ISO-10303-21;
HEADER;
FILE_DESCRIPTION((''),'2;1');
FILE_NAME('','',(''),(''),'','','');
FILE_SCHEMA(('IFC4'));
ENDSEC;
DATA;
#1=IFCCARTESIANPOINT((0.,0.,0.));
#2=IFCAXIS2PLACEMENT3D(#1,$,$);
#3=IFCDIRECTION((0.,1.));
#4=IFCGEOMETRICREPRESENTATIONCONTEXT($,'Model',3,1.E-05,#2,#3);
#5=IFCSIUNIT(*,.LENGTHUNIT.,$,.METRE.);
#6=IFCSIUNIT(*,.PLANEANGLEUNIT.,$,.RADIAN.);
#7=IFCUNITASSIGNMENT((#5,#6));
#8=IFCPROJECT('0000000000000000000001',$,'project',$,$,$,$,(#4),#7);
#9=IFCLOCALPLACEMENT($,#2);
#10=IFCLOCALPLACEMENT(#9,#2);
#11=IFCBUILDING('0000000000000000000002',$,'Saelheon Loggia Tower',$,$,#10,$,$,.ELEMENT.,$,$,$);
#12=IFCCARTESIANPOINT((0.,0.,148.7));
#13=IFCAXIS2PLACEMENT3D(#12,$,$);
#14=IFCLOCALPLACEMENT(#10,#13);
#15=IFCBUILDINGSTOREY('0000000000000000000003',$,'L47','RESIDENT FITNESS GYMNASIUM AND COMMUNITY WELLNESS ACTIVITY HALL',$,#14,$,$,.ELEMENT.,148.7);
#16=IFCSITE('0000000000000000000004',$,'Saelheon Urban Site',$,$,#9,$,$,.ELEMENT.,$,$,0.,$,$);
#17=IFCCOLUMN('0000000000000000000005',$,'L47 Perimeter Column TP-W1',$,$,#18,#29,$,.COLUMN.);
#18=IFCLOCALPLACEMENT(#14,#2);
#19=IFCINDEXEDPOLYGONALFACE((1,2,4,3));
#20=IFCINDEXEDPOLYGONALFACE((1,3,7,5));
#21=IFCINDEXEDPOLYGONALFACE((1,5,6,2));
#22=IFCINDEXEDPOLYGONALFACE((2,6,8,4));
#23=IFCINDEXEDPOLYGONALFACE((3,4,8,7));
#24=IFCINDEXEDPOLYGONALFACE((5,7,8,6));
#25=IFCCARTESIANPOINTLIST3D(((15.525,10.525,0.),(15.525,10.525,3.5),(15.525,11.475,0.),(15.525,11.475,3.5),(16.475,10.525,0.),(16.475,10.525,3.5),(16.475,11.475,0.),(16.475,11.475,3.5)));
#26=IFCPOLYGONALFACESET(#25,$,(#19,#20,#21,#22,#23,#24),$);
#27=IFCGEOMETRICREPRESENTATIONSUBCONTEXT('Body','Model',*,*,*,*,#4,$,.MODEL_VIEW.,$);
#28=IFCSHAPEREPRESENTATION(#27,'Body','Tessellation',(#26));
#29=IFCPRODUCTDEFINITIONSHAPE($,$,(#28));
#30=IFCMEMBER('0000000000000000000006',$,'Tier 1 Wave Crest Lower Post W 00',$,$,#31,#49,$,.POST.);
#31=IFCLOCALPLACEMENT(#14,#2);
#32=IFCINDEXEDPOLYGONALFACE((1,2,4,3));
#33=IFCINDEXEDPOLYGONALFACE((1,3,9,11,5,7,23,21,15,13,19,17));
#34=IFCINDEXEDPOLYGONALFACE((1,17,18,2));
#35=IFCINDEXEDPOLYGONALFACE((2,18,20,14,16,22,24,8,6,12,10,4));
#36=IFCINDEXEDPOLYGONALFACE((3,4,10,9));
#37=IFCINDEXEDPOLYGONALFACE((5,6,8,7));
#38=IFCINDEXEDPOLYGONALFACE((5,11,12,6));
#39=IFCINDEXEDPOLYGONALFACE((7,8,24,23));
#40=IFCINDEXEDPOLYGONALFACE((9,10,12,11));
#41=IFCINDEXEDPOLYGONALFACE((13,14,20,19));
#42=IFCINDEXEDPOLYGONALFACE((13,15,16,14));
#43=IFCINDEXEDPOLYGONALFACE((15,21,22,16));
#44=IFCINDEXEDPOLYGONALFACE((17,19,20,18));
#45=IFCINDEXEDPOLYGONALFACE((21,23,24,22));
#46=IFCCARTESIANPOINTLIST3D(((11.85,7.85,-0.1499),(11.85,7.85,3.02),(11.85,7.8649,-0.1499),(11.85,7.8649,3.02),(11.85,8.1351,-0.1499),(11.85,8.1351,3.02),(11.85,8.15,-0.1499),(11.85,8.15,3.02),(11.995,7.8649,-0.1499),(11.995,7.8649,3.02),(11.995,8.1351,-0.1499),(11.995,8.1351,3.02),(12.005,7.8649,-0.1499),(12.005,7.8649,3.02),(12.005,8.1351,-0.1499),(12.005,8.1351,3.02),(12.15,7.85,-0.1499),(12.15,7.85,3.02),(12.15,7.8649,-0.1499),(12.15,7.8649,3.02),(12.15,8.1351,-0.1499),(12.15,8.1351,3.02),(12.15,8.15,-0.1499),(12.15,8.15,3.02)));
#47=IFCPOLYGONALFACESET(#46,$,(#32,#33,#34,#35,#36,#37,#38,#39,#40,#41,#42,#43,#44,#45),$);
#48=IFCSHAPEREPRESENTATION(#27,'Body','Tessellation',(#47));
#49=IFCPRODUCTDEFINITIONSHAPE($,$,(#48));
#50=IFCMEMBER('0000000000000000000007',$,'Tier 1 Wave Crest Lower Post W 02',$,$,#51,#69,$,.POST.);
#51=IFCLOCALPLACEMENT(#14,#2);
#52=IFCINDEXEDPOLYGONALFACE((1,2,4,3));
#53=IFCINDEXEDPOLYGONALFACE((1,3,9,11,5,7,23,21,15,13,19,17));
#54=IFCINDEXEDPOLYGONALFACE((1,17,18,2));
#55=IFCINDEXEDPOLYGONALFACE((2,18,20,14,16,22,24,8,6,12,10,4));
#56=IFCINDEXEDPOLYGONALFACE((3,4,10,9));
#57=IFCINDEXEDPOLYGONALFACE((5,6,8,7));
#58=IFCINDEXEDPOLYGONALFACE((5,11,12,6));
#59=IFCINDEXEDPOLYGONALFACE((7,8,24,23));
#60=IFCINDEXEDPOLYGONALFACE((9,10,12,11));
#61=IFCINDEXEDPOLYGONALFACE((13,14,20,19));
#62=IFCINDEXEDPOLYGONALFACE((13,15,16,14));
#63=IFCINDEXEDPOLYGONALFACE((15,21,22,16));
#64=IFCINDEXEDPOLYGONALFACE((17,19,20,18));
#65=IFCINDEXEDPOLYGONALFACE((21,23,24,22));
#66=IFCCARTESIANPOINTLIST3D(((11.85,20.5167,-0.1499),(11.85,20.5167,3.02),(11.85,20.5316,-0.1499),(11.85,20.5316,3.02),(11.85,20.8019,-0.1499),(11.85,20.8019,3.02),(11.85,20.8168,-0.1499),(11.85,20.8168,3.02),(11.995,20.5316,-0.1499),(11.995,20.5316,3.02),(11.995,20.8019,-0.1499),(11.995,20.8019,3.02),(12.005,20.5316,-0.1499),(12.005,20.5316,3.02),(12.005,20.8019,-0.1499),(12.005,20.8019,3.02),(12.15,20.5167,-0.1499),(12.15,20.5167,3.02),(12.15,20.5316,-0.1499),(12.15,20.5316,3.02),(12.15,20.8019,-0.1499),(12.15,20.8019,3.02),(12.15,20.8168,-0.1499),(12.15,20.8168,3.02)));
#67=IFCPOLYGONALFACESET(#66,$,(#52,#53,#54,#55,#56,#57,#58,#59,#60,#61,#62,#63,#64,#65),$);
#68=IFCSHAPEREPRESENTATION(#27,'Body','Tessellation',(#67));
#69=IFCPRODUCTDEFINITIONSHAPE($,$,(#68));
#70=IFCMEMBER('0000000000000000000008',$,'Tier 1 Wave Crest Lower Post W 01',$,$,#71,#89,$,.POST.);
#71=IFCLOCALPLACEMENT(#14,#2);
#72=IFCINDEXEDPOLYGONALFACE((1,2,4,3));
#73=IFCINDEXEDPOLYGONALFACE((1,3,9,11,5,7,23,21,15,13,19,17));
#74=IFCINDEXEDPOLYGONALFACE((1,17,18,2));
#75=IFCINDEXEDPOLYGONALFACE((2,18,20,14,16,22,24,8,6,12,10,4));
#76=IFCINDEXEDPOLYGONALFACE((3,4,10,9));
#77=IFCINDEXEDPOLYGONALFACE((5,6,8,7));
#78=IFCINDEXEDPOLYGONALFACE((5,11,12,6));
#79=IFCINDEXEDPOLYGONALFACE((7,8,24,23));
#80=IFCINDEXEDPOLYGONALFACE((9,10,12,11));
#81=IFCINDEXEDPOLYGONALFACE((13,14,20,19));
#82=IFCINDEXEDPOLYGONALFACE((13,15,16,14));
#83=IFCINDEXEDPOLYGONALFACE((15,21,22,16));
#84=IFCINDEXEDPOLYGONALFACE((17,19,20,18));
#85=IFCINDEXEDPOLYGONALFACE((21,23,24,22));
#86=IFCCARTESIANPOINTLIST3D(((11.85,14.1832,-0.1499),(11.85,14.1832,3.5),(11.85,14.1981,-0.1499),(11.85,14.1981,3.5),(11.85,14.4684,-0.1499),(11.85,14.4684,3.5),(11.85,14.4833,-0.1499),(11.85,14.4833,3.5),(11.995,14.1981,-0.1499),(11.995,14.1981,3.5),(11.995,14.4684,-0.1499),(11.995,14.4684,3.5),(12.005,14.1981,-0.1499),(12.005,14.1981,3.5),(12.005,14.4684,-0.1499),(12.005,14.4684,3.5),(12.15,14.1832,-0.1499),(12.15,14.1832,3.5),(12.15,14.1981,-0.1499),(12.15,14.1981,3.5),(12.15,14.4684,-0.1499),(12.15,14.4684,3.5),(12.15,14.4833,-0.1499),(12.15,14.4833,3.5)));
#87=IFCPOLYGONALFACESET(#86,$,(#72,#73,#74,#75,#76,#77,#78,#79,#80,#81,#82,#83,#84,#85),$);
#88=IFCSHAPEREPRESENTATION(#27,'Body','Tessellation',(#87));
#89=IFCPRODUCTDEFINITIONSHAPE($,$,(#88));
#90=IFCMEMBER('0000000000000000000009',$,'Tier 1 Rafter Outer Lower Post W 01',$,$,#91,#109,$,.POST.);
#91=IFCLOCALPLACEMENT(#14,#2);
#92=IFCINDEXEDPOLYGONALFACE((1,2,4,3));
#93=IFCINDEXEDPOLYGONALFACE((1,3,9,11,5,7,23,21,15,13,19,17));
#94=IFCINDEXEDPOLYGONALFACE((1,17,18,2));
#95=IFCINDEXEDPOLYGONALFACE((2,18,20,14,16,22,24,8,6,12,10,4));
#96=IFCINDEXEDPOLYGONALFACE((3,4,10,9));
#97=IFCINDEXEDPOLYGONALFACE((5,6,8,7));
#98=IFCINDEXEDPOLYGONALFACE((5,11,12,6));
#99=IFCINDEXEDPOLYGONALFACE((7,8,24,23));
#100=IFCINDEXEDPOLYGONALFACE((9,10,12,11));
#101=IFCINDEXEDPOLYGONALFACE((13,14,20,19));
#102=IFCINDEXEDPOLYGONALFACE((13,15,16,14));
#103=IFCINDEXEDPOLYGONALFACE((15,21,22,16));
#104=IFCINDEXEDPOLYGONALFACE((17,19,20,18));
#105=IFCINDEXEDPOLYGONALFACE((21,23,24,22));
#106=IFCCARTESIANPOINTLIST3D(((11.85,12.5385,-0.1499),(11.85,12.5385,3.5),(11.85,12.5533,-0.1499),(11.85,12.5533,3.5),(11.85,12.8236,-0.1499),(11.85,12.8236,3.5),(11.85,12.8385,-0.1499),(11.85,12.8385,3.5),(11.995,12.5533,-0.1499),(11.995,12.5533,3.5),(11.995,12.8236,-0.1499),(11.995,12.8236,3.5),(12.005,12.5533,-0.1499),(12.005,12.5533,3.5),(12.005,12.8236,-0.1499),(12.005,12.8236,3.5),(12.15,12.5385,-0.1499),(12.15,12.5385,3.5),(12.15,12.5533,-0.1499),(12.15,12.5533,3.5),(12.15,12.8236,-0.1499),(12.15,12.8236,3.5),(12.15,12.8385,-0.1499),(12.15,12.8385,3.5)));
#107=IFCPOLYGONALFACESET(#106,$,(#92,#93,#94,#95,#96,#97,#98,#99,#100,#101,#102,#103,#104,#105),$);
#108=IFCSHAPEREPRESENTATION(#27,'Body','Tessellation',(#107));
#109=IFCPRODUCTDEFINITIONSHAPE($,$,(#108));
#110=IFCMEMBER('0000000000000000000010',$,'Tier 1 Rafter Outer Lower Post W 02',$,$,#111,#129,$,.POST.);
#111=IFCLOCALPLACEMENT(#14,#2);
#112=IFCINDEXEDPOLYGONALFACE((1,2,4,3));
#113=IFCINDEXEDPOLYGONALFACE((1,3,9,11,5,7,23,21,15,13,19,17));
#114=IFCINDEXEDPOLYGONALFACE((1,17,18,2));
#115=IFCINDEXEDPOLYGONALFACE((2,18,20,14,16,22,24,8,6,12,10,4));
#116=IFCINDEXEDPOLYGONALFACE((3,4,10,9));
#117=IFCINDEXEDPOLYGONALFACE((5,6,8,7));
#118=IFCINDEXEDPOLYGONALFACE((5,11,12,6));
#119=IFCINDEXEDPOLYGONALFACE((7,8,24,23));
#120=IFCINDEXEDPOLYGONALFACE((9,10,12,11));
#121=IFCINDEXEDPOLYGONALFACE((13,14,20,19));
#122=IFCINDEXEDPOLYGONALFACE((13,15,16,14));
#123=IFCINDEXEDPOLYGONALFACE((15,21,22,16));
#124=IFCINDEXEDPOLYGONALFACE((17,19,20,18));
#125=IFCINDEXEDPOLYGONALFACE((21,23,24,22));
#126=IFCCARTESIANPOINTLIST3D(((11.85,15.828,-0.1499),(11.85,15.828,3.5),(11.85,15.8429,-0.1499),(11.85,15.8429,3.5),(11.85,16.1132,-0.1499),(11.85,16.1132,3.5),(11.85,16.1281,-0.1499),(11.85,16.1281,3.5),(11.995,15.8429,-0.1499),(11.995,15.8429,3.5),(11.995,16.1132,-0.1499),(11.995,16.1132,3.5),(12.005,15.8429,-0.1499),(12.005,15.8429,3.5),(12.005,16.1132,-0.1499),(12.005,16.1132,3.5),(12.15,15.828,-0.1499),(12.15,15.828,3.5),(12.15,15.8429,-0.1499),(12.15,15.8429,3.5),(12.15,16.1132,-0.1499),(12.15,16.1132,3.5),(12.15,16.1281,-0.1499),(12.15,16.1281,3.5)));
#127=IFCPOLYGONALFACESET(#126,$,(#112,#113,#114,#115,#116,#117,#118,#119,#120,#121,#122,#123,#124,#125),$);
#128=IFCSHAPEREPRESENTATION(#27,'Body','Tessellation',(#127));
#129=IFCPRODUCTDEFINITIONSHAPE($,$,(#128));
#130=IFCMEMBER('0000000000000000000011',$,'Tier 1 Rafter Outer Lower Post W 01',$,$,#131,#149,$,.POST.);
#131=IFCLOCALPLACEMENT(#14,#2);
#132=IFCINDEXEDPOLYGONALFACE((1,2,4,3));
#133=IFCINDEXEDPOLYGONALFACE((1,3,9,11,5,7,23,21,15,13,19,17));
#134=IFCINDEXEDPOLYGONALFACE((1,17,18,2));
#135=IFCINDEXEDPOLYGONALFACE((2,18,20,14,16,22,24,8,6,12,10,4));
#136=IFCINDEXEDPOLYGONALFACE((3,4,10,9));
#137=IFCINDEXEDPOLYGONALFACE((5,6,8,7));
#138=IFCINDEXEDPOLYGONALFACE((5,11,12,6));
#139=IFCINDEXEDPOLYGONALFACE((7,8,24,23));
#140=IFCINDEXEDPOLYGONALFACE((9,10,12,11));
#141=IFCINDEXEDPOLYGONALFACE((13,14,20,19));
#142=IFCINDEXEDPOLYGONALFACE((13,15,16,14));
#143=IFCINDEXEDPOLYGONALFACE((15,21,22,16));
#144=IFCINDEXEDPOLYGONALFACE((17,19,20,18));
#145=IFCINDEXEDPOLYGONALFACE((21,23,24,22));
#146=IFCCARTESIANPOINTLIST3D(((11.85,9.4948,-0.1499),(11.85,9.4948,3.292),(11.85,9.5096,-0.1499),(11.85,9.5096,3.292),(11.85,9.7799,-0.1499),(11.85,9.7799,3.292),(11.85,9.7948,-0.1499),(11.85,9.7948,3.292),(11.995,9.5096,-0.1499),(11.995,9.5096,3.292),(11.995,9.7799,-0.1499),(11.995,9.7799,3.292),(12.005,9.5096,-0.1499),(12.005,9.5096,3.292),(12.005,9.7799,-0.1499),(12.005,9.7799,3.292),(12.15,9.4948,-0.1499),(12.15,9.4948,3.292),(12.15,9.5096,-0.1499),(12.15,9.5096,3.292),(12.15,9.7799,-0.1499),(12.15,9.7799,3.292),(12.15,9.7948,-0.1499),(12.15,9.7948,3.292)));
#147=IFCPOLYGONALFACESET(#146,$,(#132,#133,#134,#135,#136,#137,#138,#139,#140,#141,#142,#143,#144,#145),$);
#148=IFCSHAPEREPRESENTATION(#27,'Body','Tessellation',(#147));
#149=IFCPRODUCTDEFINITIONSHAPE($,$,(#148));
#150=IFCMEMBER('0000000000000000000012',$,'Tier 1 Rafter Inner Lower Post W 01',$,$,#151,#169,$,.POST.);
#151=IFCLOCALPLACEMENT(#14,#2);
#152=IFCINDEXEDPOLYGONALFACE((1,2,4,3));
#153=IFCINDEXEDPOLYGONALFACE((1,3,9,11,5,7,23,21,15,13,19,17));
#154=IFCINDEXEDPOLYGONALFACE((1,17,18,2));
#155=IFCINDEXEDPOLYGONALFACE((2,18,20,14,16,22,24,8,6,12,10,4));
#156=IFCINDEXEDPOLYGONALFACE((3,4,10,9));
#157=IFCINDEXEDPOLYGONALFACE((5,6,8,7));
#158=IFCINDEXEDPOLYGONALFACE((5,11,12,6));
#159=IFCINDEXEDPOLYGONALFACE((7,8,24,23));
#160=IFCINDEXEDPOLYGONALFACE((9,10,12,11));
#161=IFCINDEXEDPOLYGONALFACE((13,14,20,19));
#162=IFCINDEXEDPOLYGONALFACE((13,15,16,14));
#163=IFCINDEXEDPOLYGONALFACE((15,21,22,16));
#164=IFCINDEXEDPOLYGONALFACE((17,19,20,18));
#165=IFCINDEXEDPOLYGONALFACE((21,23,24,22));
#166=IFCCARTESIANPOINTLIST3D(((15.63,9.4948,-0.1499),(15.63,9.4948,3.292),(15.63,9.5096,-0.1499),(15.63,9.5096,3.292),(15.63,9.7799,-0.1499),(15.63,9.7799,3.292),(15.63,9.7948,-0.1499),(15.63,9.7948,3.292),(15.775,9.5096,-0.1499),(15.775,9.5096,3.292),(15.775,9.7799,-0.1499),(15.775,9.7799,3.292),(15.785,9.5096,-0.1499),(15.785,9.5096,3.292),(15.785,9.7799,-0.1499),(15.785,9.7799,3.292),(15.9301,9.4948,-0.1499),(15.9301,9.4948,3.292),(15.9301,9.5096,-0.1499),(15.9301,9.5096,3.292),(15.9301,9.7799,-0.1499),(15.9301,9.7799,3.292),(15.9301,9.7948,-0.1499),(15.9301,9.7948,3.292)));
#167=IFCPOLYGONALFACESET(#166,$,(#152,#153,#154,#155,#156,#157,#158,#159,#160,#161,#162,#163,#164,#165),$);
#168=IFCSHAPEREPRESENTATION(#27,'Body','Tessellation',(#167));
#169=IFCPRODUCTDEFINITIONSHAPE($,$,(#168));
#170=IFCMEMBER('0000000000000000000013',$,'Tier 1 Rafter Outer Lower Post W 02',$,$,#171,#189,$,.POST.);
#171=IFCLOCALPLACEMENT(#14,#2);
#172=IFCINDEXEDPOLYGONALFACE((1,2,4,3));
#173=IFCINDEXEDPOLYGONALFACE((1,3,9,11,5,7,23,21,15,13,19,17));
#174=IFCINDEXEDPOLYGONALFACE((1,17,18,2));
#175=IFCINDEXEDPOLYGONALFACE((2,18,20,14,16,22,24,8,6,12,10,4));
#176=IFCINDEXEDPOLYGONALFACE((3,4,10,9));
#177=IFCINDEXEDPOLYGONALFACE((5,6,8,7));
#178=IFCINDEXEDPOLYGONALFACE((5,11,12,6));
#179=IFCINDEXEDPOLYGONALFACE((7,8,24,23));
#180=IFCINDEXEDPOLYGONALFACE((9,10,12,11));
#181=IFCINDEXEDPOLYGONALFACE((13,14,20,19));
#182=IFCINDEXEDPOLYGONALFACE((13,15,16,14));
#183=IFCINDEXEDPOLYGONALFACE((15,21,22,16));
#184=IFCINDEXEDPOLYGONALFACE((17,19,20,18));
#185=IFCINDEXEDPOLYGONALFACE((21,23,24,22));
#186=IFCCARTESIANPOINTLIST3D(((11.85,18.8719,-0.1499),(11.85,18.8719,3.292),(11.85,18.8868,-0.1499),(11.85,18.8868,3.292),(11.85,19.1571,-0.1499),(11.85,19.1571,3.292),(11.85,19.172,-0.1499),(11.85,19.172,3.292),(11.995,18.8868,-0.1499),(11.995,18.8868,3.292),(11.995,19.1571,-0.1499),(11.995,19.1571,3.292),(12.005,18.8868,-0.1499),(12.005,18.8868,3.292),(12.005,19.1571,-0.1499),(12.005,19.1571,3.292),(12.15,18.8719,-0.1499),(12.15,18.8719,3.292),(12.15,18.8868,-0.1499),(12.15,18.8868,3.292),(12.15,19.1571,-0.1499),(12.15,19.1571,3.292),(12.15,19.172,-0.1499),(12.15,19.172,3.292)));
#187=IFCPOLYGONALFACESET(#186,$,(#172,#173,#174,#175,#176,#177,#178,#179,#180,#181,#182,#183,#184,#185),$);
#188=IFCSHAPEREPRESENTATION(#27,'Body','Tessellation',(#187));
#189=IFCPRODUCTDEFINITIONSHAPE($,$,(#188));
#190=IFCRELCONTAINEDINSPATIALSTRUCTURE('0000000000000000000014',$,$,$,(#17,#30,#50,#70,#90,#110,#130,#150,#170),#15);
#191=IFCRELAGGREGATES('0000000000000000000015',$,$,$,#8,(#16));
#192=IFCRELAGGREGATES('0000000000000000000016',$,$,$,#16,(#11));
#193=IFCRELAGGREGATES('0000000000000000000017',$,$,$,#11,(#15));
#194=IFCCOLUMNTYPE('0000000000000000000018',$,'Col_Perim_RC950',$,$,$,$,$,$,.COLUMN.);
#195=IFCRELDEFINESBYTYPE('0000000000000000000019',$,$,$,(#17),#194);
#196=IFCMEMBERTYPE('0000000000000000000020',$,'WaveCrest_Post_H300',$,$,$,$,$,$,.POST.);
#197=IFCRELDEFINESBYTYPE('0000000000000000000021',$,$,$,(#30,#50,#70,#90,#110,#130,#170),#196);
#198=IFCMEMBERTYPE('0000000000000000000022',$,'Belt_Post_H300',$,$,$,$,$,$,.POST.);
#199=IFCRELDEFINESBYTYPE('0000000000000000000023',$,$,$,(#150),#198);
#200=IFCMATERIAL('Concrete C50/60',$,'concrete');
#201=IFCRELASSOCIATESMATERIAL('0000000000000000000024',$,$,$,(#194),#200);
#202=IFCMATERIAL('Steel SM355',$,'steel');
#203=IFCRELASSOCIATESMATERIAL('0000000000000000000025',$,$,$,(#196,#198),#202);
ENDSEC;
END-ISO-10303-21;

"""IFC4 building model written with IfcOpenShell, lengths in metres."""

from ifc_helpers import new_model, si_unit, direction, frame, origin, origin_2d, place, context, subcontext, project, spatial, rectangle, i_section, extrude, source, transform, mapped, material, material_profile, profile_set, type_object, element, save


model = new_model("IFC4")

# Units and contexts
model_context = context("Model", 3, precision=1e-05, world=origin(), true_north=direction((0.0, 1.0)))
body_context = subcontext(model_context, "Body", "Model", "MODEL_VIEW")
ifc_project = project(units=[si_unit("LENGTHUNIT", "METRE"), si_unit("PLANEANGLEUNIT", "RADIAN")], contexts=[model_context])

# Site, building, storey
site_placement = place(None, origin())
site = spatial("IfcSite", under=ifc_project, at=site_placement, Name="Saelheon Urban Site", CompositionType="ELEMENT", RefElevation=0.0)
building_placement = place(site_placement, origin())
building = spatial("IfcBuilding", under=site, at=building_placement, Name="Saelheon Loggia Tower", CompositionType="ELEMENT")
storey_placement = place(building_placement, frame((0.0, 0.0, 148.7)))
storey = spatial("IfcBuildingStorey", under=building, at=storey_placement, Name="L47", Description="RESIDENT FITNESS GYMNASIUM AND COMMUNITY WELLNESS ACTIVITY HALL", CompositionType="ELEMENT", Elevation=148.7)

# Column
ifc_material_1 = material(Name="Concrete C50/60", Category="concrete")
ifc_material_profile_1 = material_profile(ifc_material_1, rectangle(XDim=0.95, YDim=0.95, at=origin_2d()), Name="RC-950x950")
ifc_profile_set_1 = profile_set([ifc_material_profile_1], Name="Concrete C50/60")
column_type = type_object("IfcColumnType", Name="Col_Perim_RC950", PredefinedType="COLUMN", material=ifc_profile_set_1)
shared_shape_1 = source(origin(), body_context, "Body", "SweptSolid", [
    extrude(rectangle(XDim=0.95, YDim=0.95, at=origin_2d()), origin(), (0.0, 0.0, 1.0), 3.5),
])
column_placement = place(storey_placement, frame((16.0, 11.0, 0.0), z_axis=(0.0, 0.0, 1.0), x_axis=(1.0, 0.0, 0.0)))
element("IfcColumn", 1, at=column_placement, inside=storey, type_object=column_type, Name="L47 Perimeter Column TP-W1", PredefinedType="COLUMN", context=body_context, shape_type="MappedRepresentation", body=[
    mapped(shared_shape_1, transform((0.0, 0.0, 0.0), scale=1.0)),
])

# Members
ifc_material_2 = material(Name="Steel SM355", Category="steel")
ifc_material_profile_2 = material_profile(ifc_material_2, i_section(OverallWidth=0.3, OverallDepth=0.3, WebThickness=0.01, FlangeThickness=0.0149, at=origin_2d()), Name="H-300x300x10x15")
ifc_profile_set_2 = profile_set([ifc_material_profile_2], Name="Steel SM355")
member_type_1 = type_object("IfcMemberType", Name="WaveCrest_Post_H300", PredefinedType="POST", material=ifc_profile_set_2)
shared_shape_2 = source(origin(), body_context, "Body", "SweptSolid", [
    extrude(i_section(OverallWidth=0.3, OverallDepth=0.3, WebThickness=0.01, FlangeThickness=0.0149, at=origin_2d()), origin(), (0.0, 0.0, 1.0), 3.1699),
])
for number, where, z_axis, x_axis, name in (
    (2, (12.0, 8.0, -0.1499), (0.0, 0.0, 1.0), (1.0, 0.0, 0.0), "Tier 1 Wave Crest Lower Post W 00"),
    (3, (12.0, 20.6667, -0.1499), (0.0, 0.0, 1.0), (1.0, 0.0, 0.0), "Tier 1 Wave Crest Lower Post W 02"),
):
    element("IfcMember", number, at=place(storey_placement, frame(where, z_axis=z_axis, x_axis=x_axis)), inside=storey, type_object=member_type_1, Name=name, PredefinedType="POST", context=body_context, shape_type="MappedRepresentation", body=[
        mapped(shared_shape_2, transform((0.0, 0.0, 0.0), scale=1.0)),
    ])
shared_shape_3 = source(origin(), body_context, "Body", "SweptSolid", [
    extrude(i_section(OverallWidth=0.3, OverallDepth=0.3, WebThickness=0.01, FlangeThickness=0.0149, at=origin_2d()), origin(), (0.0, 0.0, 1.0), 3.6499),
])
for number, where, z_axis, x_axis, name in (
    (4, (12.0, 14.3333, -0.1499), (0.0, 0.0, 1.0), (1.0, 0.0, 0.0), "Tier 1 Wave Crest Lower Post W 01"),
    (5, (12.0, 12.6885, -0.1499), (0.0, 0.0, 1.0), (1.0, 0.0, 0.0), "Tier 1 Rafter Outer Lower Post W 01"),
    (6, (12.0, 15.978, -0.1499), (0.0, 0.0, 1.0), (1.0, 0.0, 0.0), "Tier 1 Rafter Outer Lower Post W 02"),
):
    element("IfcMember", number, at=place(storey_placement, frame(where, z_axis=z_axis, x_axis=x_axis)), inside=storey, type_object=member_type_1, Name=name, PredefinedType="POST", context=body_context, shape_type="MappedRepresentation", body=[
        mapped(shared_shape_3, transform((0.0, 0.0, 0.0), scale=1.0)),
    ])
shared_shape_4 = source(origin(), body_context, "Body", "SweptSolid", [
    extrude(i_section(OverallWidth=0.3, OverallDepth=0.3, WebThickness=0.01, FlangeThickness=0.0149, at=origin_2d()), origin(), (0.0, 0.0, 1.0), 3.4419),
])
member_1_placement = place(storey_placement, frame((12.0, 9.6448, -0.1499), z_axis=(0.0, 0.0, 1.0), x_axis=(1.0, 0.0, 0.0)))
element("IfcMember", 7, at=member_1_placement, inside=storey, type_object=member_type_1, Name="Tier 1 Rafter Outer Lower Post W 01", PredefinedType="POST", context=body_context, shape_type="MappedRepresentation", body=[
    mapped(shared_shape_4, transform((0.0, 0.0, 0.0), scale=1.0)),
])
ifc_material_profile_3 = material_profile(ifc_material_2, i_section(OverallWidth=0.3, OverallDepth=0.3, WebThickness=0.01, FlangeThickness=0.0149, at=origin_2d()), Name="H-300x300x10x15")
ifc_profile_set_3 = profile_set([ifc_material_profile_3], Name="Steel SM355")
member_type_2 = type_object("IfcMemberType", Name="Belt_Post_H300", PredefinedType="POST", material=ifc_profile_set_3)
member_2_placement = place(storey_placement, frame((15.78, 9.6448, -0.1499), z_axis=(0.0, 0.0, 1.0), x_axis=(1.0, 0.0, 0.0)))
element("IfcMember", 8, at=member_2_placement, inside=storey, type_object=member_type_2, Name="Tier 1 Rafter Inner Lower Post W 01", PredefinedType="POST", context=body_context, shape_type="MappedRepresentation", body=[
    mapped(shared_shape_4, transform((0.0, 0.0, 0.0), scale=1.0)),
])
for number, where, z_axis, x_axis, name in (
    (9, (12.0, 19.022, -0.1499), (0.0, 0.0, 1.0), (1.0, 0.0, 0.0), "Tier 1 Rafter Outer Lower Post W 02"),
):
    element("IfcMember", number, at=place(storey_placement, frame(where, z_axis=z_axis, x_axis=x_axis)), inside=storey, type_object=member_type_1, Name=name, PredefinedType="POST", context=body_context, shape_type="MappedRepresentation", body=[
        mapped(shared_shape_4, transform((0.0, 0.0, 0.0), scale=1.0)),
    ])

save(model, "model.ifc")
